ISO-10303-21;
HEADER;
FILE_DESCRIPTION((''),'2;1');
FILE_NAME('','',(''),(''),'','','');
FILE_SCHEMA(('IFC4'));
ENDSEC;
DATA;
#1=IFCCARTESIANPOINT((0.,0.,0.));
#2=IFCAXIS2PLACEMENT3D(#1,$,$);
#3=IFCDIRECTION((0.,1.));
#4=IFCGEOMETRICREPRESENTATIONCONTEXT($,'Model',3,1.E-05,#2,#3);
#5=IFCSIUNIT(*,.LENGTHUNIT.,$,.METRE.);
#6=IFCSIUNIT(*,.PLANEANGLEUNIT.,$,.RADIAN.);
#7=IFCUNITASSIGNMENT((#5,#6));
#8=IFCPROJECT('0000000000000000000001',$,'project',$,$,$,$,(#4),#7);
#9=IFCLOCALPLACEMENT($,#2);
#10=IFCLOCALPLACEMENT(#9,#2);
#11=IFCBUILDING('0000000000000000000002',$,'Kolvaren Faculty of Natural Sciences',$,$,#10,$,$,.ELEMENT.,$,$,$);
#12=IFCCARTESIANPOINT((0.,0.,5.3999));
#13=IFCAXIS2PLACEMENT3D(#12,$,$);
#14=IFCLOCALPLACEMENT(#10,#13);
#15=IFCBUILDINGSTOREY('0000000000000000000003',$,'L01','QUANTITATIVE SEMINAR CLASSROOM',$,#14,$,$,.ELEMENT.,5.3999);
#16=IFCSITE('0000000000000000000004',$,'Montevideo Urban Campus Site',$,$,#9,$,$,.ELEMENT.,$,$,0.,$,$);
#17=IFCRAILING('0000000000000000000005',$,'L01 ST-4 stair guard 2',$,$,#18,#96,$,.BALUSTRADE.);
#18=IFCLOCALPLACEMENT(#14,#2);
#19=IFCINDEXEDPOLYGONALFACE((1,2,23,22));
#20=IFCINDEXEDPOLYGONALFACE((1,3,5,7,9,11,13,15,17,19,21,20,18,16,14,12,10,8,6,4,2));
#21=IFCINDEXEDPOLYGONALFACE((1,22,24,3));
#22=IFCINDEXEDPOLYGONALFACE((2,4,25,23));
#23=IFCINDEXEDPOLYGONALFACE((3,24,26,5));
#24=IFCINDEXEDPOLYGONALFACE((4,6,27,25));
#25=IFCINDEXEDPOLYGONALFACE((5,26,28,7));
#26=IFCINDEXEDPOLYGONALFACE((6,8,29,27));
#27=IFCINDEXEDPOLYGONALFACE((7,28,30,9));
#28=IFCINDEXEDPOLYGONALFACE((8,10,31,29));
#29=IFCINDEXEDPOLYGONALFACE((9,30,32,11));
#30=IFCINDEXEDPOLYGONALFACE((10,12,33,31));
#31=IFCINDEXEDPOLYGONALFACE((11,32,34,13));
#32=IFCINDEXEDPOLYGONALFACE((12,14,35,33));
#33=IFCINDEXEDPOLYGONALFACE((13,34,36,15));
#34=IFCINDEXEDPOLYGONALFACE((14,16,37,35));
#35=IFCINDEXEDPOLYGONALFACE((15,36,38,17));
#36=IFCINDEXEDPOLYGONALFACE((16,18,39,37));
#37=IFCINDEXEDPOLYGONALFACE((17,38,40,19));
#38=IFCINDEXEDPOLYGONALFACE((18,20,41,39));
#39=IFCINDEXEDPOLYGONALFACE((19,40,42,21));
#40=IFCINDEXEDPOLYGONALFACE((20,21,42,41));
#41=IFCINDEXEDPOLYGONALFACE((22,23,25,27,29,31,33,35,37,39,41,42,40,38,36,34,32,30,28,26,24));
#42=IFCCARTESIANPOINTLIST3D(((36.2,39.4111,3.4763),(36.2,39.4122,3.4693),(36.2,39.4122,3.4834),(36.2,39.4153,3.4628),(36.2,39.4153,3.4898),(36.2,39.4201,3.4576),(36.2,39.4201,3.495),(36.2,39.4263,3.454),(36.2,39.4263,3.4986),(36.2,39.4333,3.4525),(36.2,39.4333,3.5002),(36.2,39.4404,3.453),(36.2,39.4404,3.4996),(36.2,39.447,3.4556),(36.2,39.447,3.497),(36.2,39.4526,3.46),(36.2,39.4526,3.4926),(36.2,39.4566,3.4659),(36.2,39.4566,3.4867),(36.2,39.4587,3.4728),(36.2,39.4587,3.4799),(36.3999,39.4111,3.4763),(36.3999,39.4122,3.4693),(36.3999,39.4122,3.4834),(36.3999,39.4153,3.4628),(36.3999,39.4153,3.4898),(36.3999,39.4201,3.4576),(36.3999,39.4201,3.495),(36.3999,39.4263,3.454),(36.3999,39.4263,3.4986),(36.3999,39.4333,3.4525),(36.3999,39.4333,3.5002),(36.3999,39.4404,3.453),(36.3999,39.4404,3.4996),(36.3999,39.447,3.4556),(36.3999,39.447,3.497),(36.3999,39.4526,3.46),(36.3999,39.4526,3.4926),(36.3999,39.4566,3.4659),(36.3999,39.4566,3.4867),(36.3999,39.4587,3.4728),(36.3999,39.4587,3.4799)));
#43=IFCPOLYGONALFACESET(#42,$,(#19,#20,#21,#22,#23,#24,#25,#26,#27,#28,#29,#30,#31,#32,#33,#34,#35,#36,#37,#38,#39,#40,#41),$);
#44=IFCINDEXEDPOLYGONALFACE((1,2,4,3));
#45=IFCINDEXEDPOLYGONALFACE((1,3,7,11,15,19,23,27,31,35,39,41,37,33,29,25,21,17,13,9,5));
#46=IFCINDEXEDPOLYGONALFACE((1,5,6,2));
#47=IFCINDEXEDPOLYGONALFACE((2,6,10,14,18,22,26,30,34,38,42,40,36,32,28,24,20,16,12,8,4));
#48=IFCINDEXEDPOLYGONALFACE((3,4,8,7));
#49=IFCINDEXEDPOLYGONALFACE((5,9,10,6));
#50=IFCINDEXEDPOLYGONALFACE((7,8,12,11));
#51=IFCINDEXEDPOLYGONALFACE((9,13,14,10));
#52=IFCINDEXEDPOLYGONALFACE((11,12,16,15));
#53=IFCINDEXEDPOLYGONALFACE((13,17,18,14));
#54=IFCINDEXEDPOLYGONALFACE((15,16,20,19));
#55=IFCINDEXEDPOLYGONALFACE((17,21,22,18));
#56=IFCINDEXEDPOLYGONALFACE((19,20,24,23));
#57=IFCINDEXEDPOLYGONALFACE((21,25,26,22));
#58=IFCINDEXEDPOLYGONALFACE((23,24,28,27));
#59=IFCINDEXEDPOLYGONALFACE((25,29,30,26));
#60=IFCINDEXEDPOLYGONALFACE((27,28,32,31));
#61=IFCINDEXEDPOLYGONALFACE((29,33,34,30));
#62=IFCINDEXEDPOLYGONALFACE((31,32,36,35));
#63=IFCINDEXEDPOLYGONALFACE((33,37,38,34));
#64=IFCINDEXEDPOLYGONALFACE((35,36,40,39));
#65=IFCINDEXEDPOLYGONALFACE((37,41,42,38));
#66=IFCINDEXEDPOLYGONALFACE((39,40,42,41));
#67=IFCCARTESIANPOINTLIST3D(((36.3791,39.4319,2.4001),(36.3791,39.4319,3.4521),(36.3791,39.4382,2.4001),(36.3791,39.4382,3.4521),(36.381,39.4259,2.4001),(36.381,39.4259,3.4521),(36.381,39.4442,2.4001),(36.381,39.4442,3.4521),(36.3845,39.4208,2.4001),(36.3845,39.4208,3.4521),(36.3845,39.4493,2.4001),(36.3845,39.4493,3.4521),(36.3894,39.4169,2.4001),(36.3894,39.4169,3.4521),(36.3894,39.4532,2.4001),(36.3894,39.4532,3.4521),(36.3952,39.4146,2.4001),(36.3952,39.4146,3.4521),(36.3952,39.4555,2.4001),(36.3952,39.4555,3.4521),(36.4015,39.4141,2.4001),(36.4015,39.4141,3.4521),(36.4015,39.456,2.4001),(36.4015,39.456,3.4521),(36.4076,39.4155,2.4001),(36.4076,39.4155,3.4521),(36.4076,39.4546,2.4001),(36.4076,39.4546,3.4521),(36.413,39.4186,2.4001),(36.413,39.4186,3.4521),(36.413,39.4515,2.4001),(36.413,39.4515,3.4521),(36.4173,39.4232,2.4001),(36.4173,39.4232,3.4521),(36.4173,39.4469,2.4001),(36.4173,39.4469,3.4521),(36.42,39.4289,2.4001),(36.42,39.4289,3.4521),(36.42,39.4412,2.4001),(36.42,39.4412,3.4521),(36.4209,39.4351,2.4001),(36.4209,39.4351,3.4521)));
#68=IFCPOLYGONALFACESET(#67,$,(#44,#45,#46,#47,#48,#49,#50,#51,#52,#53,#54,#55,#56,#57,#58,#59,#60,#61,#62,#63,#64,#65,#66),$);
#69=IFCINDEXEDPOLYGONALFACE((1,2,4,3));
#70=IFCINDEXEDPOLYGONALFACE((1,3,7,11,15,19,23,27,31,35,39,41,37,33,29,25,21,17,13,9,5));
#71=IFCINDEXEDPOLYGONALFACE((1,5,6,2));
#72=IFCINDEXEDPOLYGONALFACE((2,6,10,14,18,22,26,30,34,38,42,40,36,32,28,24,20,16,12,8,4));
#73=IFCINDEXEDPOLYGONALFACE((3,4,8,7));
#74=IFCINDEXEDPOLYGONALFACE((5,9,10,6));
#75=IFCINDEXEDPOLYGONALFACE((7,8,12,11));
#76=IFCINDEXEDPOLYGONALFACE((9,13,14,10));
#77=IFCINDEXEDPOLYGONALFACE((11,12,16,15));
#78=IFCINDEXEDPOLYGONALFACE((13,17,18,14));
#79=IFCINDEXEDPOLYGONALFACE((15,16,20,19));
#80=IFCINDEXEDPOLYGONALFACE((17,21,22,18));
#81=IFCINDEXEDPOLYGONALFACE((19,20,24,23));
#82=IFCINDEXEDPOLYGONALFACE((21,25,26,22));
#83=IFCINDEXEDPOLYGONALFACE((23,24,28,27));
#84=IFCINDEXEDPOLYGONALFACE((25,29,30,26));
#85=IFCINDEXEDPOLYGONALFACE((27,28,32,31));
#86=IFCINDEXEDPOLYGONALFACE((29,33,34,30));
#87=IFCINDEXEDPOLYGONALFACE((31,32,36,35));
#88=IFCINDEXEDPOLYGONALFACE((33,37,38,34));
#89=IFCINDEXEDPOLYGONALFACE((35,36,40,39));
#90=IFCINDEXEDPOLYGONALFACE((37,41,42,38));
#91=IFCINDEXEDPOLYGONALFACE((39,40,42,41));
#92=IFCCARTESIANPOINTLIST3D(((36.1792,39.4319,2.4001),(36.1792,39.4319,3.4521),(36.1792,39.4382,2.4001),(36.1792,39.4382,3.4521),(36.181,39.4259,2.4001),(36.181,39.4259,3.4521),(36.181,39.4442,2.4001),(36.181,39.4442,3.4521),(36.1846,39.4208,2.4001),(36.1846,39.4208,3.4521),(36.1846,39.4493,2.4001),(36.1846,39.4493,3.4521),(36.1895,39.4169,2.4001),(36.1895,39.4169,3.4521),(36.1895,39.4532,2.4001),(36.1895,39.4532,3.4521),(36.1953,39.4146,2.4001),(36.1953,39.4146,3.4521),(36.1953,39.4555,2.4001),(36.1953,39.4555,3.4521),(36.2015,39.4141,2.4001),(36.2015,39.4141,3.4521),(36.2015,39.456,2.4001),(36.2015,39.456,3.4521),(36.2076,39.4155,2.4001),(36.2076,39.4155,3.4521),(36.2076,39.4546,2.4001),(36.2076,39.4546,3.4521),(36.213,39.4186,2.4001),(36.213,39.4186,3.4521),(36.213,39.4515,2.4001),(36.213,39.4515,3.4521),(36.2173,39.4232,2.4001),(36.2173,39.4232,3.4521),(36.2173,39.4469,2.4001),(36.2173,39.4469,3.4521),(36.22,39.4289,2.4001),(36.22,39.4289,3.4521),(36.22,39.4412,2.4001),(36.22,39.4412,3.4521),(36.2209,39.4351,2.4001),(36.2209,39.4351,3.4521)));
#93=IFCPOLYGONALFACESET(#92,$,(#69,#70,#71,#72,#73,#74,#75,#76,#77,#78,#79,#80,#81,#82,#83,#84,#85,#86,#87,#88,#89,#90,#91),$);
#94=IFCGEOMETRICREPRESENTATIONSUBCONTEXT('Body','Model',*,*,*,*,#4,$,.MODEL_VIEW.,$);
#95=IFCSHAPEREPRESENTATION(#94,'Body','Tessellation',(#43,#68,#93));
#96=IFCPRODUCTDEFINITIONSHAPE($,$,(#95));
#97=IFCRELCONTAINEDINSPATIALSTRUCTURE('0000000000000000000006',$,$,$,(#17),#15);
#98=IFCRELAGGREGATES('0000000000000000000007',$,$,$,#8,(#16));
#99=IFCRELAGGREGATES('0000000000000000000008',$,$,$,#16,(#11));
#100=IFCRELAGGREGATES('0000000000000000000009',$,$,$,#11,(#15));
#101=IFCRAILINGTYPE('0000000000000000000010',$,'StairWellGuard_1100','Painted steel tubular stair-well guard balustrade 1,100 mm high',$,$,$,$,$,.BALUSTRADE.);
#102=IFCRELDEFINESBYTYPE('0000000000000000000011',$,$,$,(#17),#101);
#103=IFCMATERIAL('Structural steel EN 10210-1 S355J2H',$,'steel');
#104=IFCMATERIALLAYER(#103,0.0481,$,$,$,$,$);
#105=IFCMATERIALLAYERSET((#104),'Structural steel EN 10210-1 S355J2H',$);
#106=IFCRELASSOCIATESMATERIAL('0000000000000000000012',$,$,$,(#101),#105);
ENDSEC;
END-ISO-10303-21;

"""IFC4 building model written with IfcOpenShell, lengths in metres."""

from ifc_helpers import new_model, si_unit, direction, frame, origin, origin_2d, place, context, subcontext, project, spatial, circle, extrude, material, layer, layer_set, type_object, element, save


model = new_model("IFC4")

# Units and contexts
model_context = context("Model", 3, precision=1e-05, world=origin(), true_north=direction((0.0, 1.0)))
body_context = subcontext(model_context, "Body", "Model", "MODEL_VIEW")
ifc_project = project(units=[si_unit("LENGTHUNIT", "METRE"), si_unit("PLANEANGLEUNIT", "RADIAN")], contexts=[model_context])

# Site, building, storey
site_placement = place(None, origin())
site = spatial("IfcSite", under=ifc_project, at=site_placement, Name="Montevideo Urban Campus Site", CompositionType="ELEMENT", RefElevation=0.0)
building_placement = place(site_placement, origin())
building = spatial("IfcBuilding", under=site, at=building_placement, Name="Kolvaren Faculty of Natural Sciences", CompositionType="ELEMENT")
storey_placement = place(building_placement, frame((0.0, 0.0, 5.3999)))
storey = spatial("IfcBuildingStorey", under=building, at=storey_placement, Name="L01", Description="QUANTITATIVE SEMINAR CLASSROOM", CompositionType="ELEMENT", Elevation=5.3999)

# Railing
ifc_material_1 = material(Name="Structural steel EN 10210-1 S355J2H", Category="steel")
ifc_layer_1 = layer(ifc_material_1, 0.0481)
ifc_layer_set_1 = layer_set([ifc_layer_1], Name="Structural steel EN 10210-1 S355J2H")
railing_type_1 = type_object("IfcRailingType", Name="StairWellGuard_1100", Description="Painted steel tubular stair-well guard balustrade 1,100 mm high", PredefinedType="BALUSTRADE", material=ifc_layer_set_1)
railing_1_placement = place(storey_placement, frame((36.3999, 39.4351, 2.4001)))
element("IfcRailing", 1, at=railing_1_placement, inside=storey, type_object=railing_type_1, Name="L01 ST-4 stair guard 2", PredefinedType="BALUSTRADE", context=body_context, shape_type="SweptSolid", body=[
    extrude(circle(Radius=0.0239, at=origin_2d()), frame((0.0, 0.0, 1.0762), z_axis=(-1.0, 0.0, 0.0), x_axis=(0.0, -1.0, 0.0)), (0.0, 0.0, 1.0), 0.2),
    extrude(circle(Radius=0.021, at=origin_2d()), origin(), (0.0, 0.0, 1.0), 1.052),
    extrude(circle(Radius=0.021, at=origin_2d()), frame((-0.2, 0.0, 0.0)), (0.0, 0.0, 1.0), 1.052),
])

save(model, "model.ifc")
